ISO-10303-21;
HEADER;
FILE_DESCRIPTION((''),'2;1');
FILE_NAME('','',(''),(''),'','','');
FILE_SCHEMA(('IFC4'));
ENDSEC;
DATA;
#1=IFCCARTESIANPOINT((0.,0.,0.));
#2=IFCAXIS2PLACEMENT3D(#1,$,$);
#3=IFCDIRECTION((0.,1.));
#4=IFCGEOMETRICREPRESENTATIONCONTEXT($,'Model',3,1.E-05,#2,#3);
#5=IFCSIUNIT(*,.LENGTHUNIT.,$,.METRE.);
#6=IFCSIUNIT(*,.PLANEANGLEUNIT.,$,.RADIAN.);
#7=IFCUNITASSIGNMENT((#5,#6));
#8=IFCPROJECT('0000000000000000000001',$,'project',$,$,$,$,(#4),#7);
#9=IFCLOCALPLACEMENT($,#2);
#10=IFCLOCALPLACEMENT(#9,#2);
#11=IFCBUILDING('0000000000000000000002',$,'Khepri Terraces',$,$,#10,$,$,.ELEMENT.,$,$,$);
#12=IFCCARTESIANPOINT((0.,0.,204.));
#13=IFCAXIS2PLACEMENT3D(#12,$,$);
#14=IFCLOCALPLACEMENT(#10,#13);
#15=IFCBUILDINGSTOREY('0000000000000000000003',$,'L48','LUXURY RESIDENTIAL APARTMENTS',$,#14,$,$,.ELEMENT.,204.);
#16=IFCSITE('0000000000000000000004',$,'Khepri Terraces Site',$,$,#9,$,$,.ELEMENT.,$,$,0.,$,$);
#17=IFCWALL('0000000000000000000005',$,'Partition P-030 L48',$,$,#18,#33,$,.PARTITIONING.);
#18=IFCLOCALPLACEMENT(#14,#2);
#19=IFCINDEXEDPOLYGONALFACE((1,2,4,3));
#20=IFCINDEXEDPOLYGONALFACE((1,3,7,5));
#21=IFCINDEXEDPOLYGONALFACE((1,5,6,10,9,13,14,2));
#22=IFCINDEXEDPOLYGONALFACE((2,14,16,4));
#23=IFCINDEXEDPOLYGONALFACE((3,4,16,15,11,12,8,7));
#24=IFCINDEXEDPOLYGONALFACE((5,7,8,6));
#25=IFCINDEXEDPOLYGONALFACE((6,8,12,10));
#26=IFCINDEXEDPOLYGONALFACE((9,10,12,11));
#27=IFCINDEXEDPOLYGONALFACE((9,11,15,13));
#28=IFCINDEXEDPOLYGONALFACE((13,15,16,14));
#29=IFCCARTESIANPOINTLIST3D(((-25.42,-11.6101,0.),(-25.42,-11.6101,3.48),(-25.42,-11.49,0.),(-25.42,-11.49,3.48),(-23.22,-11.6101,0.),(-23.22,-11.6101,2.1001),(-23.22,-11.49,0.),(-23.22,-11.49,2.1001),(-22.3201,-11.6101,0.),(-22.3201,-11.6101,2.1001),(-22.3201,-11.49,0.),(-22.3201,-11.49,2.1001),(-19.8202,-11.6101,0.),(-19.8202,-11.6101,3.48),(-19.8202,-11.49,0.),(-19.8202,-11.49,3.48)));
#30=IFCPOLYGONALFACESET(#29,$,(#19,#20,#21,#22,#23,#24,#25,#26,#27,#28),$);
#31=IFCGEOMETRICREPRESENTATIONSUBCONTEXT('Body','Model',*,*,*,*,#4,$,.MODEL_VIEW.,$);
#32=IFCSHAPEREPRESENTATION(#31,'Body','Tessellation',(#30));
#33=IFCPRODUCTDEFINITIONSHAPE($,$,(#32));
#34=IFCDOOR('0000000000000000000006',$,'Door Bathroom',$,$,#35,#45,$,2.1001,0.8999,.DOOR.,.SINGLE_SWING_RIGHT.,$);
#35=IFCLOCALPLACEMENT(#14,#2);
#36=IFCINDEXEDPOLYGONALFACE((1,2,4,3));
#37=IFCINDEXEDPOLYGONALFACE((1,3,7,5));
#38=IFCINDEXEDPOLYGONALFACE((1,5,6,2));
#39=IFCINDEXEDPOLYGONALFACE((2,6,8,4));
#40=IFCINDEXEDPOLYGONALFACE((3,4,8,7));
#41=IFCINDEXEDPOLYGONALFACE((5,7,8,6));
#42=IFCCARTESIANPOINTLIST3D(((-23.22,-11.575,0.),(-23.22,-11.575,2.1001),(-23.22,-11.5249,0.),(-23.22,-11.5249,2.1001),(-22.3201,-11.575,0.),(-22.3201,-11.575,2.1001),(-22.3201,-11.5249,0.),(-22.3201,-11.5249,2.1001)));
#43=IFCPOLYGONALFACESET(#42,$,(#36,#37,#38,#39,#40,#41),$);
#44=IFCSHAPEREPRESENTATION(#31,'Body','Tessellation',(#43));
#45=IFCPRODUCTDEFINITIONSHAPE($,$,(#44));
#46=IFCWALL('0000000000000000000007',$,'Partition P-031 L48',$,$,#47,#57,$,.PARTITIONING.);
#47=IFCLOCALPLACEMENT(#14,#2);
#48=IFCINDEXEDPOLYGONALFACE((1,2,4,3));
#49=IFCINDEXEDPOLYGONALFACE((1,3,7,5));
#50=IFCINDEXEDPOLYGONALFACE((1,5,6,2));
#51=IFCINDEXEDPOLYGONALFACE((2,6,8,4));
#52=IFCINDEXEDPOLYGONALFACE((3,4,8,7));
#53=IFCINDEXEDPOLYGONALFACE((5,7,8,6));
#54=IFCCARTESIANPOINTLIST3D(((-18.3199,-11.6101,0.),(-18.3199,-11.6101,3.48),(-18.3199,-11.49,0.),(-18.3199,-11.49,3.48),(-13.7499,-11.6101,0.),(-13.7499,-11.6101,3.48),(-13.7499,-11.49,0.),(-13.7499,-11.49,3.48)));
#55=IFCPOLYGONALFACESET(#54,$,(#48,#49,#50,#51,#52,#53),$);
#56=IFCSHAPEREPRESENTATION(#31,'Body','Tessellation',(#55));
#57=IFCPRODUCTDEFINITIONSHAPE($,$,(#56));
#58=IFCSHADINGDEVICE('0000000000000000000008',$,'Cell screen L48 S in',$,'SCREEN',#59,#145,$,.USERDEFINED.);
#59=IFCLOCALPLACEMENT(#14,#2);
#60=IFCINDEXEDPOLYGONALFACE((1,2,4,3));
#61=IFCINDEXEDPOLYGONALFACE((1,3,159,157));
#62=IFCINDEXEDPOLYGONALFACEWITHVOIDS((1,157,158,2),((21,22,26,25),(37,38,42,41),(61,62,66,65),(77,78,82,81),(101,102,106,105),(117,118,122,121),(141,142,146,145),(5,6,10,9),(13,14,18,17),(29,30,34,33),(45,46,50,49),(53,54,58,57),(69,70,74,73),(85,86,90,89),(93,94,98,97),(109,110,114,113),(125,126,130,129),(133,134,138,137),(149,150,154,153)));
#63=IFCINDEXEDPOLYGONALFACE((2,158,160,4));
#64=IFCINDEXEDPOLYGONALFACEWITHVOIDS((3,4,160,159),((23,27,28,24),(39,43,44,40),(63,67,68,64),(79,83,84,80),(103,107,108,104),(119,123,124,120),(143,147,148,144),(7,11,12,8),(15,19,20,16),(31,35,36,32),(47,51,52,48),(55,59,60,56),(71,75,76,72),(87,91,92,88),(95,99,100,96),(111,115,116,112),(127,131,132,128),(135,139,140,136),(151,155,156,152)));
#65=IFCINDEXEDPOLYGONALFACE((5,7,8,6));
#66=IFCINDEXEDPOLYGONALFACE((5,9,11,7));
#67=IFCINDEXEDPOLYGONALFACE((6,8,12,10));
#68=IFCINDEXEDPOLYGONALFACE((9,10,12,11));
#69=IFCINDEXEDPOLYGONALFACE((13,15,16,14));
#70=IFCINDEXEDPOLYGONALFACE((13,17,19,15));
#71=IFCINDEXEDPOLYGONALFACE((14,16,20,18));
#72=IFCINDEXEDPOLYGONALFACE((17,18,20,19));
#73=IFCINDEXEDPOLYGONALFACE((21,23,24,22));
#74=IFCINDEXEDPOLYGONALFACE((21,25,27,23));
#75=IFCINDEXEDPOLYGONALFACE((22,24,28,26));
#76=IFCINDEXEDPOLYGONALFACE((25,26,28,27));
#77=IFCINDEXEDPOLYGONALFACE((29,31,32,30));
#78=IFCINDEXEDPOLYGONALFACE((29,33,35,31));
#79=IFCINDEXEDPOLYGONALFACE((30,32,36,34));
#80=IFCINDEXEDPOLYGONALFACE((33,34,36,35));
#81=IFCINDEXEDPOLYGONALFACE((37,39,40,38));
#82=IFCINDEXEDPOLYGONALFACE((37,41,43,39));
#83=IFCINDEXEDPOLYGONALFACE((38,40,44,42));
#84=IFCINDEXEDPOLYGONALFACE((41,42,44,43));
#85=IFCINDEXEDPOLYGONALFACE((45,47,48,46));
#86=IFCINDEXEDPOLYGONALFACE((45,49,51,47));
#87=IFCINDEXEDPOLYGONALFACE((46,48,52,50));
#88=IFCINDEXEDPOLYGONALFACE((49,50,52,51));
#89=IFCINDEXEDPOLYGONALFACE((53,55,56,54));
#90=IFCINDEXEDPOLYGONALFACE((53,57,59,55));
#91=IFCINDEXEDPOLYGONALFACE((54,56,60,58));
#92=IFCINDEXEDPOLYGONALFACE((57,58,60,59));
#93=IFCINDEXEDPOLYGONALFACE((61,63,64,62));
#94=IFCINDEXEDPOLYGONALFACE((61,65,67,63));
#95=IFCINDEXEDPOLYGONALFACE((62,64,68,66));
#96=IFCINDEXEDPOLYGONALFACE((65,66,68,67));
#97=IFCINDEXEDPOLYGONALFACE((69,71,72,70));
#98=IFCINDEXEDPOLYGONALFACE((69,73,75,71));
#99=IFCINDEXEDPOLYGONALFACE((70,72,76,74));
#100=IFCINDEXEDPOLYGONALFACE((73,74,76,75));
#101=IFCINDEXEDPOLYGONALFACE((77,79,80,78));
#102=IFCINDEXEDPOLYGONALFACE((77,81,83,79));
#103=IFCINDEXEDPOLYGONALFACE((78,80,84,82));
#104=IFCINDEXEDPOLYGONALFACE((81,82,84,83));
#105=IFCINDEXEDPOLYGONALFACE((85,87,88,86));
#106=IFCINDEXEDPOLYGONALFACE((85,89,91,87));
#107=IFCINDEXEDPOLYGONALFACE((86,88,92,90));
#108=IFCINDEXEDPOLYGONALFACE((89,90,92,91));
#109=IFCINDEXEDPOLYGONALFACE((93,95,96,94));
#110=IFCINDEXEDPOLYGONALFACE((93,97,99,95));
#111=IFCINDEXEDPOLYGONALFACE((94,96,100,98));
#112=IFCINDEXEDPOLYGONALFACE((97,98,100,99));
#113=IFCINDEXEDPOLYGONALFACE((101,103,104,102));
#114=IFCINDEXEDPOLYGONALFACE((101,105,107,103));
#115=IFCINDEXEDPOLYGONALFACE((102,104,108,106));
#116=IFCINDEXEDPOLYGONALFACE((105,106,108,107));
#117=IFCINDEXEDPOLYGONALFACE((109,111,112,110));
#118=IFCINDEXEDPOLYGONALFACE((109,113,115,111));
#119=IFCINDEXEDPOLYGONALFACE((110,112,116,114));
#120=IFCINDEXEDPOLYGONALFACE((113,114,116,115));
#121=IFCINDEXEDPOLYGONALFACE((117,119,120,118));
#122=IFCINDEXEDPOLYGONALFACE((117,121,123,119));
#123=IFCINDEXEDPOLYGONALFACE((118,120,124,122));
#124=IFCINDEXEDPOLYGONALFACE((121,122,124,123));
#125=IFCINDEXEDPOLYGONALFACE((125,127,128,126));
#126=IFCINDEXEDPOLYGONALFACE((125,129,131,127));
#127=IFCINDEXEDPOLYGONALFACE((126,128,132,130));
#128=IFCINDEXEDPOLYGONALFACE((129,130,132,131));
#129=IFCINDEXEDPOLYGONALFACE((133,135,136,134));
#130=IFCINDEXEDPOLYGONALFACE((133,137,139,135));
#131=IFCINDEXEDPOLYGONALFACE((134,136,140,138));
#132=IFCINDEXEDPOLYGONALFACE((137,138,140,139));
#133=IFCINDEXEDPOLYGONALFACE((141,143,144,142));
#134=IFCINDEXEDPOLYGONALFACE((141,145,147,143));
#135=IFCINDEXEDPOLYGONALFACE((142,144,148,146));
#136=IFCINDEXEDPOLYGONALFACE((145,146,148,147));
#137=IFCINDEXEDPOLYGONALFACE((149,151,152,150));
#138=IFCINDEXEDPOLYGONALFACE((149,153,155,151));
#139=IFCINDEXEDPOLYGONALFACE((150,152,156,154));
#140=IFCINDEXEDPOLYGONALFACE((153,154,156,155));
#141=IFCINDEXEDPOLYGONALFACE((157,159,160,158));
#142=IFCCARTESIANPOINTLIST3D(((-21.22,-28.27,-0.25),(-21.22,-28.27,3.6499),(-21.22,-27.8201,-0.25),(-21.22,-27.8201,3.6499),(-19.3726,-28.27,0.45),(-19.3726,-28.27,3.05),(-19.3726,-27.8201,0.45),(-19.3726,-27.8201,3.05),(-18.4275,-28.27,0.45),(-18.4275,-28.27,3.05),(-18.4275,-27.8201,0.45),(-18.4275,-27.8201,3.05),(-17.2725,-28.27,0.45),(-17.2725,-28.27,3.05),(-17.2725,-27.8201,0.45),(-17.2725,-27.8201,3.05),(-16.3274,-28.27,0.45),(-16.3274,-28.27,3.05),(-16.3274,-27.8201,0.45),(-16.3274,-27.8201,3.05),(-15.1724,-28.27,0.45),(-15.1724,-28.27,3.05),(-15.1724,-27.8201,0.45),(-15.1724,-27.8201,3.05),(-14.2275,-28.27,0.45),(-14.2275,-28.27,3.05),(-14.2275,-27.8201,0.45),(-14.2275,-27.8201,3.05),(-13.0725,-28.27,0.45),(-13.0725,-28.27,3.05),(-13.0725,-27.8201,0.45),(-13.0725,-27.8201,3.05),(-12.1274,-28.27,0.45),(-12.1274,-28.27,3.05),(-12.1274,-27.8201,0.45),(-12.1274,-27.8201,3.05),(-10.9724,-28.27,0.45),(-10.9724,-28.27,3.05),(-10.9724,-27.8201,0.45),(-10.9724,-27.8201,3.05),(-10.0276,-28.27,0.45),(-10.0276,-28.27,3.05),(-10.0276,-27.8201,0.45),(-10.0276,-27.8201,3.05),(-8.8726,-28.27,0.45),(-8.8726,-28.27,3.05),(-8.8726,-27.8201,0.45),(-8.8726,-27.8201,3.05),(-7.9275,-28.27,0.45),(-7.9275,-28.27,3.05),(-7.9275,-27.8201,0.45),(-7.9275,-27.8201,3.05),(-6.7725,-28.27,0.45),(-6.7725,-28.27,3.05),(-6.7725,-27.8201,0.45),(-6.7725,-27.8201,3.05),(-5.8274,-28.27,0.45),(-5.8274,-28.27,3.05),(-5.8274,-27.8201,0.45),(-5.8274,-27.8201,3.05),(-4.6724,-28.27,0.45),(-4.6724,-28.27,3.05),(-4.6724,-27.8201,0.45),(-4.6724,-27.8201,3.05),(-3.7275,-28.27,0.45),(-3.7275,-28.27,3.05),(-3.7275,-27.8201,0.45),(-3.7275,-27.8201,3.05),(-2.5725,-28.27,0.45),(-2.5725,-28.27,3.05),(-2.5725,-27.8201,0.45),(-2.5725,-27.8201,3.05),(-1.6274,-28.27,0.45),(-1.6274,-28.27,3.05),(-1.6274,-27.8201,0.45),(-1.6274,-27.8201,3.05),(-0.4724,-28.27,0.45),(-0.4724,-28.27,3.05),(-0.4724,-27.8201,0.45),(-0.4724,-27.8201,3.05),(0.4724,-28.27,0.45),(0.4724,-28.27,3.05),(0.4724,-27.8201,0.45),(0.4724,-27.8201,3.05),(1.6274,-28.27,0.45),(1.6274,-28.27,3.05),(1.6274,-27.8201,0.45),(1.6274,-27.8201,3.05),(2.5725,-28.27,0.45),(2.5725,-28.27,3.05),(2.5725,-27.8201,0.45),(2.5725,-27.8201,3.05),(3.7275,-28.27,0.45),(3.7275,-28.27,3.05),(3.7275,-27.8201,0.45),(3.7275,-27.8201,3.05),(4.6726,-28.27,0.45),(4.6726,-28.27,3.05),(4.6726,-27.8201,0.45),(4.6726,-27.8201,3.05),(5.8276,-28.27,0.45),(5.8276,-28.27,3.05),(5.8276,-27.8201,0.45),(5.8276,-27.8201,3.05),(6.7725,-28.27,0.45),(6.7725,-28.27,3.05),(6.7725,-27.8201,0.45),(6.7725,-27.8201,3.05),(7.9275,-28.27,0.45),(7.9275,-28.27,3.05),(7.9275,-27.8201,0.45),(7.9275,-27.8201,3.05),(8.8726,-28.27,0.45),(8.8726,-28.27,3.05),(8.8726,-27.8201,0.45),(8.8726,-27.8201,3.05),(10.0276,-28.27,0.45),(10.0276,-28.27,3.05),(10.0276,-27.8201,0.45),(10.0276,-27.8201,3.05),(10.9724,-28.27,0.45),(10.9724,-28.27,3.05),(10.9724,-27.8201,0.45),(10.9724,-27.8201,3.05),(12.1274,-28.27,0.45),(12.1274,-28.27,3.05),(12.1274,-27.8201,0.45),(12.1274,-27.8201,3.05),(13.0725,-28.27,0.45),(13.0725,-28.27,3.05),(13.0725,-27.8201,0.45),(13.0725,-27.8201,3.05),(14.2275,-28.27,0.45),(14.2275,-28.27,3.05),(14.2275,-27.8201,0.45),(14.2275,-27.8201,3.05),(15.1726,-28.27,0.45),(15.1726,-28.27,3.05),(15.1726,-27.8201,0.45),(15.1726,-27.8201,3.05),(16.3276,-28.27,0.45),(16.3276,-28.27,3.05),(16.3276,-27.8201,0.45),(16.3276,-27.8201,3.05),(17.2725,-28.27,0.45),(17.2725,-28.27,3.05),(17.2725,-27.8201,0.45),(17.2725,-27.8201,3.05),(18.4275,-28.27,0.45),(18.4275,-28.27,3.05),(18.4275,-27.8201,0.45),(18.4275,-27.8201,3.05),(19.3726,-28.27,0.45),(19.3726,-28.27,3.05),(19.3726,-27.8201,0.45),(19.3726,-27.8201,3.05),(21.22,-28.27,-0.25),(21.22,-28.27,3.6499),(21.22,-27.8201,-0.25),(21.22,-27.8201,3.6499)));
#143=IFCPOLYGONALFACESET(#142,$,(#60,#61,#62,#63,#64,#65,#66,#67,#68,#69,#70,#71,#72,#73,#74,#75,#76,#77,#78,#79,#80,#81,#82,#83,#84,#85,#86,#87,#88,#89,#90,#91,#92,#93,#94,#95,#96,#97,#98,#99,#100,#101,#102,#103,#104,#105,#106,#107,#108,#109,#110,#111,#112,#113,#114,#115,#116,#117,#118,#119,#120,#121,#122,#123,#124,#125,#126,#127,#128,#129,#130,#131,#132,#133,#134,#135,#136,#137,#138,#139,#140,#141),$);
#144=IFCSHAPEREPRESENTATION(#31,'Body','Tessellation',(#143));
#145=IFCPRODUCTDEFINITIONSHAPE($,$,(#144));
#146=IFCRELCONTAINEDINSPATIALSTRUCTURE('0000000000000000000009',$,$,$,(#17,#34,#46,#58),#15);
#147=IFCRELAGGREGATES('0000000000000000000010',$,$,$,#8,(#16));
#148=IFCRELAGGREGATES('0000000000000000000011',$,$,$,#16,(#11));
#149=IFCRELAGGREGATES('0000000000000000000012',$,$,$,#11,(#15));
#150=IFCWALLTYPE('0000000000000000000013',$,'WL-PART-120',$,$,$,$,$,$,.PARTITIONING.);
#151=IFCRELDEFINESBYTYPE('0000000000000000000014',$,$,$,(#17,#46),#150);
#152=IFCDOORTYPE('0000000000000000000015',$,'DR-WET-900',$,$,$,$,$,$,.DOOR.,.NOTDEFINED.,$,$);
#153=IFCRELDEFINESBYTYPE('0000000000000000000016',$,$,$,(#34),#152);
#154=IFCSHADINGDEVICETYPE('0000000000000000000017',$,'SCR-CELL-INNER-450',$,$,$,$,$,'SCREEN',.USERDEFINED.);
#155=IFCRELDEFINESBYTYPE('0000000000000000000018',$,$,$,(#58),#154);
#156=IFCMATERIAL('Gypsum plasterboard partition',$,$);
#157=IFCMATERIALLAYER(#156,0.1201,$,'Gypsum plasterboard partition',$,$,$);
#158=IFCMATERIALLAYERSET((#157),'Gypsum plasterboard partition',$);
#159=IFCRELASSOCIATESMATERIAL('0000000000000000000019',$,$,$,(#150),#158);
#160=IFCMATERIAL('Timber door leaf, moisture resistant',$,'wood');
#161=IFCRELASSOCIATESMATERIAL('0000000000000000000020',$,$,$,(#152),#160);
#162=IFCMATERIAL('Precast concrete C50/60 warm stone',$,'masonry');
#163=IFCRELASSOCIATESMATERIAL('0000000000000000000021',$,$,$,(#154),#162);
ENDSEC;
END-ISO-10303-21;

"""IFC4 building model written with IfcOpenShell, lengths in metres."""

from ifc_helpers import new_model, si_unit, direction, frame, frame_2d, origin, place, context, subcontext, project, spatial, polyline, rectangle, outline, extrude, material, layer, layer_set, type_object, element, fill, save


model = new_model("IFC4")

# Units and contexts
model_context = context("Model", 3, precision=1e-05, world=origin(), true_north=direction((0.0, 1.0)))
body_context = subcontext(model_context, "Body", "Model", "MODEL_VIEW")
ifc_project = project(units=[si_unit("LENGTHUNIT", "METRE"), si_unit("PLANEANGLEUNIT", "RADIAN")], contexts=[model_context])

# Site, building, storey
site_placement = place(None, origin())
site = spatial("IfcSite", under=ifc_project, at=site_placement, Name="Khepri Terraces Site", CompositionType="ELEMENT", RefElevation=0.0)
building_placement = place(site_placement, origin())
building = spatial("IfcBuilding", under=site, at=building_placement, Name="Khepri Terraces", CompositionType="ELEMENT")
storey_placement = place(building_placement, frame((0.0, 0.0, 204.0)))
storey = spatial("IfcBuildingStorey", under=building, at=storey_placement, Name="L48", Description="LUXURY RESIDENTIAL APARTMENTS", CompositionType="ELEMENT", Elevation=204.0)

# Shared definitions
ifc_material_1 = material(Name="Precast concrete C50/60 warm stone", Category="masonry")

# Shared definitions
ifc_material_2 = material(Name="Gypsum plasterboard partition")
ifc_layer_1 = layer(ifc_material_2, 0.1201, Name="Gypsum plasterboard partition")
ifc_layer_set_1 = layer_set([ifc_layer_1], Name="Gypsum plasterboard partition")
wall_type_1 = type_object("IfcWallType", Name="WL-PART-120", PredefinedType="PARTITIONING", material=ifc_layer_set_1)

# Wall, opening, door
wall_1_placement = place(storey_placement, frame((-25.4199, -11.55, 0.0), z_axis=(0.0, 0.0, 1.0), x_axis=(1.0, 0.0, 0.0)))
wall_1 = element("IfcWall", 1, at=wall_1_placement, inside=storey, type_object=wall_type_1, Name="Partition P-030 L48", PredefinedType="PARTITIONING", context=body_context, shape_type="SweptSolid", body=[
    extrude(rectangle(XDim=5.5999, YDim=0.1201, at=frame_2d((2.7998, 0.0))), origin(), (0.0, 0.0, 1.0), 3.48),
])
opening_1_placement = place(wall_1_placement, frame((2.2, 0.0, 0.0)))
opening_1 = element("IfcOpeningElement", 2, at=opening_1_placement, cuts=wall_1, PredefinedType="OPENING", context=body_context, shape_type="SweptSolid", body=[
    extrude(rectangle(XDim=0.8999, YDim=2.1001, at=frame_2d((0.45, 1.05))), frame((0.0, 0.0701, 0.0), z_axis=(0.0, -1.0, 0.0), x_axis=(1.0, 0.0, 0.0)), (0.0, 0.0, 1.0), 0.1401),
])
ifc_material_3 = material(Name="Timber door leaf, moisture resistant", Category="wood")
door_type_1 = type_object("IfcDoorType", Name="DR-WET-900", OperationType="NOTDEFINED", PredefinedType="DOOR", material=ifc_material_3)
door_1_placement = place(opening_1_placement, frame((0.8999, 0.0, 0.0), z_axis=(0.0, 0.0, 1.0), x_axis=(-1.0, 0.0, 0.0)))
door_1 = element("IfcDoor", 3, at=door_1_placement, inside=storey, type_object=door_type_1, Name="Door Bathroom", OperationType="SINGLE_SWING_RIGHT", OverallHeight=2.1001, OverallWidth=0.8999, PredefinedType="DOOR", context=body_context, shape_type="SweptSolid", body=[
    extrude(rectangle(XDim=0.8999, YDim=2.1001, at=frame_2d((0.45, 1.05))), frame((0.0, 0.0249, 0.0), z_axis=(0.0, -1.0, 0.0), x_axis=(1.0, 0.0, 0.0)), (0.0, 0.0, 1.0), 0.05),
])
fill(opening_1, door_1)

# Wall
wall_2_placement = place(storey_placement, frame((-18.3201, -11.55, 0.0), z_axis=(0.0, 0.0, 1.0), x_axis=(1.0, 0.0, 0.0)))
element("IfcWall", 4, at=wall_2_placement, inside=storey, type_object=wall_type_1, Name="Partition P-031 L48", PredefinedType="PARTITIONING", context=body_context, shape_type="SweptSolid", body=[
    extrude(rectangle(XDim=4.5701, YDim=0.1201, at=frame_2d((2.2852, 0.0))), origin(), (0.0, 0.0, 1.0), 3.48),
])

# Shading device
shading_device_type_1 = type_object("IfcShadingDeviceType", Name="SCR-CELL-INNER-450", ElementType="SCREEN", PredefinedType="USERDEFINED", material=ifc_material_1)
shading_device_1_placement = place(storey_placement, frame((-21.22, -27.8201, -0.25), z_axis=(0.0, -1.0, 0.0), x_axis=(1.0, 0.0, 0.0)))
element("IfcShadingDevice", 5, at=shading_device_1_placement, inside=storey, type_object=shading_device_type_1, Name="Cell screen L48 S in", ObjectType="SCREEN", PredefinedType="USERDEFINED", context=body_context, shape_type="SweptSolid", body=[
    extrude(outline(polyline([(0.0, 0.0), (42.4399, 0.0), (42.4399, 3.8999), (0.0, 3.8999), (0.0, 0.0)]), holes=[polyline([(1.8474, 0.7), (2.7925, 0.7), (2.7925, 3.3), (1.8474, 3.3), (1.8474, 0.7)]), polyline([(3.9475, 0.7), (4.8926, 0.7), (4.8926, 3.3), (3.9475, 3.3), (3.9475, 0.7)]), polyline([(6.0476, 0.7), (6.9924, 0.7), (6.9924, 3.3), (6.0476, 3.3), (6.0476, 0.7)]), polyline([(8.1475, 0.7), (9.0925, 0.7), (9.0925, 3.3), (8.1475, 3.3), (8.1475, 0.7)]), polyline([(10.2476, 0.7), (11.1924, 0.7), (11.1924, 3.3), (10.2476, 3.3), (10.2476, 0.7)]), polyline([(12.3474, 0.7), (13.2925, 0.7), (13.2925, 3.3), (12.3474, 3.3), (12.3474, 0.7)]), polyline([(14.4475, 0.7), (15.3926, 0.7), (15.3926, 3.3), (14.4475, 3.3), (14.4475, 0.7)]), polyline([(16.5476, 0.7), (17.4924, 0.7), (17.4924, 3.3), (16.5476, 3.3), (16.5476, 0.7)]), polyline([(18.6475, 0.7), (19.5925, 0.7), (19.5925, 3.3), (18.6475, 3.3), (18.6475, 0.7)]), polyline([(20.7476, 0.7), (21.6924, 0.7), (21.6924, 3.3), (20.7476, 3.3), (20.7476, 0.7)]), polyline([(22.8474, 0.7), (23.7925, 0.7), (23.7925, 3.3), (22.8474, 3.3), (22.8474, 0.7)]), polyline([(24.9475, 0.7), (25.8926, 0.7), (25.8926, 3.3), (24.9475, 3.3), (24.9475, 0.7)]), polyline([(27.0476, 0.7), (27.9924, 0.7), (27.9924, 3.3), (27.0476, 3.3), (27.0476, 0.7)]), polyline([(29.1475, 0.7), (30.0925, 0.7), (30.0925, 3.3), (29.1475, 3.3), (29.1475, 0.7)]), polyline([(31.2476, 0.7), (32.1924, 0.7), (32.1924, 3.3), (31.2476, 3.3), (31.2476, 0.7)]), polyline([(33.3474, 0.7), (34.2925, 0.7), (34.2925, 3.3), (33.3474, 3.3), (33.3474, 0.7)]), polyline([(35.4475, 0.7), (36.3926, 0.7), (36.3926, 3.3), (35.4475, 3.3), (35.4475, 0.7)]), polyline([(37.5476, 0.7), (38.4924, 0.7), (38.4924, 3.3), (37.5476, 3.3), (37.5476, 0.7)]), polyline([(39.6475, 0.7), (40.5925, 0.7), (40.5925, 3.3), (39.6475, 3.3), (39.6475, 0.7)])]), origin(), (0.0, 0.0, 1.0), 0.45),
])

save(model, "model.ifc")
